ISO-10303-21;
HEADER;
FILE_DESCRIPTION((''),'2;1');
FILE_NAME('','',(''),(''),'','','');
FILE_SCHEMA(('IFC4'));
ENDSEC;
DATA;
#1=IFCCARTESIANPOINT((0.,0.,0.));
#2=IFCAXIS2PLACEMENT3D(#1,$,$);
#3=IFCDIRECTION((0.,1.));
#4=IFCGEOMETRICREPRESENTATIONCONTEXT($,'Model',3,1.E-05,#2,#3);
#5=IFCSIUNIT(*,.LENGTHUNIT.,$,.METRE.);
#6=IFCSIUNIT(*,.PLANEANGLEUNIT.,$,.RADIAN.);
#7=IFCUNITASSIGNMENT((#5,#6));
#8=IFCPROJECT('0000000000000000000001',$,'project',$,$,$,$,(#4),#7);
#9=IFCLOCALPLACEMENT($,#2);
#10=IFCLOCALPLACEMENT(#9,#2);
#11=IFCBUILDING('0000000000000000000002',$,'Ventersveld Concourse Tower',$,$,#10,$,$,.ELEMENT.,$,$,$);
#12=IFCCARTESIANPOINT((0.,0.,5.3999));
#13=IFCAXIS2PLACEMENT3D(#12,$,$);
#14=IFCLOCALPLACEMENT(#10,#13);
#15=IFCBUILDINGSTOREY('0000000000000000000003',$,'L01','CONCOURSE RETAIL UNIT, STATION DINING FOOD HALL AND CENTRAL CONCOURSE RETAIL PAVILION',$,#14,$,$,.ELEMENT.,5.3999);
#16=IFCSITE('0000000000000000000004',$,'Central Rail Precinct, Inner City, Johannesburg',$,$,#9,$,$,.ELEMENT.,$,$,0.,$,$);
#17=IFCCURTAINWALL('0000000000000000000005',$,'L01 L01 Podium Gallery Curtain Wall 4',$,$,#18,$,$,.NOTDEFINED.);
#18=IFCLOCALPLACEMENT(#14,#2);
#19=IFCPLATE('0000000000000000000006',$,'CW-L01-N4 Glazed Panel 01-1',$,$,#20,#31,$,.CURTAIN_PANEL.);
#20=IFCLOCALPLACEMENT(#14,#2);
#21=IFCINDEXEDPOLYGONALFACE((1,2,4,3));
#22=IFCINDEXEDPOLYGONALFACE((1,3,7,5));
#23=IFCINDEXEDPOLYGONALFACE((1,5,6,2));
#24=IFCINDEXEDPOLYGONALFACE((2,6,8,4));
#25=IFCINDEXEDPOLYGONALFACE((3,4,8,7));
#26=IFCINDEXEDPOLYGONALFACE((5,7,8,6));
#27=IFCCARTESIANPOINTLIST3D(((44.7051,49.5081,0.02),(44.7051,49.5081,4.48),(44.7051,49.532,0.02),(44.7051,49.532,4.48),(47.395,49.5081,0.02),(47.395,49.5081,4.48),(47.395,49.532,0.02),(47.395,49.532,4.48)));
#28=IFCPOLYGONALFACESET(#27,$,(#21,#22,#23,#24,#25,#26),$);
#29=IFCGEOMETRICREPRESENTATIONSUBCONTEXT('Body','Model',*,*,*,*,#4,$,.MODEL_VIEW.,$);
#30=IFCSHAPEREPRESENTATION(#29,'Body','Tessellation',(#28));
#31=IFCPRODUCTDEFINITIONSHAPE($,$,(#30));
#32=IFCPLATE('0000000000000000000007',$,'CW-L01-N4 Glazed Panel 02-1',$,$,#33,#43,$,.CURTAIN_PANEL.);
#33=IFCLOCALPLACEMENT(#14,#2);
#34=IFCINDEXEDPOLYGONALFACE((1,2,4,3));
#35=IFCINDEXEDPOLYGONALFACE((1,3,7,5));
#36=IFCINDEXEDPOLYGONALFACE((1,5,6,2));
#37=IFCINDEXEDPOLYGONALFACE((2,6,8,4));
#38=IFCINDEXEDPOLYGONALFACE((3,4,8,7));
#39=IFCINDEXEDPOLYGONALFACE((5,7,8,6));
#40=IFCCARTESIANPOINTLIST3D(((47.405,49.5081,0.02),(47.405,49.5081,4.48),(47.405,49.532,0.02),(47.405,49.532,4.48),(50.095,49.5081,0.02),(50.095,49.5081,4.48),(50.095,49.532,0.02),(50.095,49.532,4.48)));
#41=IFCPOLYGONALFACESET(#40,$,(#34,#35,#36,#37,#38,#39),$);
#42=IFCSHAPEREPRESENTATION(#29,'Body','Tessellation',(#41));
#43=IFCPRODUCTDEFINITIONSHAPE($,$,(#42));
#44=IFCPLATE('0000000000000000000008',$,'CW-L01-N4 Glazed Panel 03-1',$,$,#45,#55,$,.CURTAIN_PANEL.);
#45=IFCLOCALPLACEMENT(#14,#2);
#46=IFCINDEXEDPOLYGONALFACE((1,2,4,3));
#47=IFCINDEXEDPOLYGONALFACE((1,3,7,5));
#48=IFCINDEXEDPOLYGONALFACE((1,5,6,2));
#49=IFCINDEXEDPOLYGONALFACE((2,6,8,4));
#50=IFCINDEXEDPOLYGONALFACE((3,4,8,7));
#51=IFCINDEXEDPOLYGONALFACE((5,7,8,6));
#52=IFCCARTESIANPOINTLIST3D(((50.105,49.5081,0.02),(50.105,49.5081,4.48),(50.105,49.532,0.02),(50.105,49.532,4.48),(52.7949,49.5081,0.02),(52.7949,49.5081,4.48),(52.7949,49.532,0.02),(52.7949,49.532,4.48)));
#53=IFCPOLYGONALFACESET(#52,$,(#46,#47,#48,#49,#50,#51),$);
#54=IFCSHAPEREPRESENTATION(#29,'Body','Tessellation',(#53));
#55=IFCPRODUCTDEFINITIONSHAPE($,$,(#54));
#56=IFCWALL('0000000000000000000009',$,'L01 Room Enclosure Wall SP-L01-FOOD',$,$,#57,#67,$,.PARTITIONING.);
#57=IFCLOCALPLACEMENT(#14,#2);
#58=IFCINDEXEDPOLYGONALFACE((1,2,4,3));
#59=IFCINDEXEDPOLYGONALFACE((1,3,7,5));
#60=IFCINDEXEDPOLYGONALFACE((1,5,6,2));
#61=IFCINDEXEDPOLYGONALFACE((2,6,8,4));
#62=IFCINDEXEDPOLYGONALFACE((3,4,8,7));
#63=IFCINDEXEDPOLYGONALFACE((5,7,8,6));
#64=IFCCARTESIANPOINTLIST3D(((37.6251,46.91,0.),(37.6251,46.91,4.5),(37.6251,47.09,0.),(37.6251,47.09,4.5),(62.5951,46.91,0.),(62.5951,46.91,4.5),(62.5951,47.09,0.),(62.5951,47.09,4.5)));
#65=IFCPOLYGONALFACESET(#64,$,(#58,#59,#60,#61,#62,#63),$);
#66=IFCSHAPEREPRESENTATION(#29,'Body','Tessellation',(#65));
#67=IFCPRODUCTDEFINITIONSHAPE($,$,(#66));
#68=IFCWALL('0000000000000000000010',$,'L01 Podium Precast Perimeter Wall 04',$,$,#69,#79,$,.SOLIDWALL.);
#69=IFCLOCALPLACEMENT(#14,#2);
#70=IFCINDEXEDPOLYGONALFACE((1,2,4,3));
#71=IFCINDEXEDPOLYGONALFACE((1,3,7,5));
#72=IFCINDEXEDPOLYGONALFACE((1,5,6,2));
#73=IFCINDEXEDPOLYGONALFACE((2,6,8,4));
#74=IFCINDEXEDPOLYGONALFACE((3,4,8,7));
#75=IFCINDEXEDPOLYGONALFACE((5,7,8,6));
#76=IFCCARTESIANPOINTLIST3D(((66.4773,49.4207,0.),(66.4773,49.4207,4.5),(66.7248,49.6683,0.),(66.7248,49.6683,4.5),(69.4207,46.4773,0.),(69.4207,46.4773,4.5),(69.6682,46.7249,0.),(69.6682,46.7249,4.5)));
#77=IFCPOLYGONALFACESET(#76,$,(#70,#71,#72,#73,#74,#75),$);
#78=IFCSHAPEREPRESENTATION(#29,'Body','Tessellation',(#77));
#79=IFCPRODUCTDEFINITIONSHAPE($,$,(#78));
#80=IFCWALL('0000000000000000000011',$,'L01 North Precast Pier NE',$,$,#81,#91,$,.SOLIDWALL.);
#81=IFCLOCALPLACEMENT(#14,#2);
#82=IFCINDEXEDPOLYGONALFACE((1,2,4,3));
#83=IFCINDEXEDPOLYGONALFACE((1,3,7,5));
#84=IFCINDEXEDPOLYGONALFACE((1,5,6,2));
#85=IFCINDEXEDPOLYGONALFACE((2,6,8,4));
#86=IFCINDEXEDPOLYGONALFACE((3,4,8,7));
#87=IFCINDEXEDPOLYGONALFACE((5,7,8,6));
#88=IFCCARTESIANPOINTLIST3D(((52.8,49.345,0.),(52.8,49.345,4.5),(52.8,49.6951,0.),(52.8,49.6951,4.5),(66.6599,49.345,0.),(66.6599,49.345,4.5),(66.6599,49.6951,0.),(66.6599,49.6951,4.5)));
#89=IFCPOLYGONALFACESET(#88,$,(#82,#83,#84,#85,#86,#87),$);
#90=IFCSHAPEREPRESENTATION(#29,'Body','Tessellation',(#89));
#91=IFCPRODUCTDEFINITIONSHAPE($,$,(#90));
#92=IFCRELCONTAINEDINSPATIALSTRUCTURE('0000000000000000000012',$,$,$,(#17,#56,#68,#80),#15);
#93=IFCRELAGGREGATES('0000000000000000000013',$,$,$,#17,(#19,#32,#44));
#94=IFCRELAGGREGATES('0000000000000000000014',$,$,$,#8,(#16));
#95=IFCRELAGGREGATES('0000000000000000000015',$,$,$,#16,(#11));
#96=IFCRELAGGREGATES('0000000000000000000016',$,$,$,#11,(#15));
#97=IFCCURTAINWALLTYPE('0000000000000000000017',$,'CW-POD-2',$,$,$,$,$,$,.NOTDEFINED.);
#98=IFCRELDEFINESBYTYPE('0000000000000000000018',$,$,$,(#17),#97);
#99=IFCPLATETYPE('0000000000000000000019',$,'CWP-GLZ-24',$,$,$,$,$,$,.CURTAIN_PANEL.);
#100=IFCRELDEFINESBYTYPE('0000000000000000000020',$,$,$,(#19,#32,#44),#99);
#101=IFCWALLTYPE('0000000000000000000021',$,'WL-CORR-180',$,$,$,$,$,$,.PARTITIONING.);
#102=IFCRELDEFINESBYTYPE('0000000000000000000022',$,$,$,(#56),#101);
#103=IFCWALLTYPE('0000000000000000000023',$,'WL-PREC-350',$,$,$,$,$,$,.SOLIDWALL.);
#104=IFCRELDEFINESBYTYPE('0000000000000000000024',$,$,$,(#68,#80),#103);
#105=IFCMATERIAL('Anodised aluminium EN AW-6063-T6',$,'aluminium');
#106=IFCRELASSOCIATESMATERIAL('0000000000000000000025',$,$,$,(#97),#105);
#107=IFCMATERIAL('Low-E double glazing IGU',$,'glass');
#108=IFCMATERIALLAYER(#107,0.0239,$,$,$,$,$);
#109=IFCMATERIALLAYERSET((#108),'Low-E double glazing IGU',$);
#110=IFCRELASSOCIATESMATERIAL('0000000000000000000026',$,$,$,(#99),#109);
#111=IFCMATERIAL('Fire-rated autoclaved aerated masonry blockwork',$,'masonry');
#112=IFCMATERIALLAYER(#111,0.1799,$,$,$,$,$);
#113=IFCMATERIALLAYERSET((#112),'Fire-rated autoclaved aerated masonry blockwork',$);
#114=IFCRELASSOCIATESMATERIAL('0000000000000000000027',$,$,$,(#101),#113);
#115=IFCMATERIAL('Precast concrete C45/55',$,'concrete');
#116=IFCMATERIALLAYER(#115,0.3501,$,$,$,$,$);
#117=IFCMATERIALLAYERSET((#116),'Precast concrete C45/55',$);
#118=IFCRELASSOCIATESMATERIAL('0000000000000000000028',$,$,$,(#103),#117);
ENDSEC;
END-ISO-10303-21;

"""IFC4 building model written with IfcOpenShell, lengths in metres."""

from ifc_helpers import new_model, si_unit, direction, frame, frame_2d, origin, origin_2d, place, context, subcontext, project, spatial, rectangle, extrude, material, layer, layer_set, type_object, element, aggregate, save


model = new_model("IFC4")

# Units and contexts
model_context = context("Model", 3, precision=1e-05, world=origin(), true_north=direction((0.0, 1.0)))
body_context = subcontext(model_context, "Body", "Model", "MODEL_VIEW")
ifc_project = project(units=[si_unit("LENGTHUNIT", "METRE"), si_unit("PLANEANGLEUNIT", "RADIAN")], contexts=[model_context])

# Site, building, storey
site_placement = place(None, origin())
site = spatial("IfcSite", under=ifc_project, at=site_placement, Name="Central Rail Precinct, Inner City, Johannesburg", CompositionType="ELEMENT", RefElevation=0.0)
building_placement = place(site_placement, origin())
building = spatial("IfcBuilding", under=site, at=building_placement, Name="Ventersveld Concourse Tower", CompositionType="ELEMENT")
storey_placement = place(building_placement, frame((0.0, 0.0, 5.3999)))
storey = spatial("IfcBuildingStorey", under=building, at=storey_placement, Name="L01", Description="CONCOURSE RETAIL UNIT, STATION DINING FOOD HALL AND CENTRAL CONCOURSE RETAIL PAVILION", CompositionType="ELEMENT", Elevation=5.3999)

# Curtain wall
ifc_material_1 = material(Name="Anodised aluminium EN AW-6063-T6", Category="aluminium")
curtain_wall_type = type_object("IfcCurtainWallType", Name="CW-POD-2", PredefinedType="NOTDEFINED", material=ifc_material_1)
curtain_wall_placement = place(storey_placement, origin())
curtain_wall = element("IfcCurtainWall", 1, at=curtain_wall_placement, inside=storey, type_object=curtain_wall_type, Name="L01 L01 Podium Gallery Curtain Wall 4", PredefinedType="NOTDEFINED")

# Plates
ifc_material_2 = material(Name="Low-E double glazing IGU", Category="glass")
ifc_layer_1 = layer(ifc_material_2, 0.0239)
ifc_layer_set_1 = layer_set([ifc_layer_1], Name="Low-E double glazing IGU")
plate_type = type_object("IfcPlateType", Name="CWP-GLZ-24", PredefinedType="CURTAIN_PANEL", material=ifc_layer_set_1)
plate_1_placement = place(storey_placement, frame((46.05, 49.52, 0.02), z_axis=(0.0, 0.0, 1.0), x_axis=(1.0, 0.0, 0.0)))
plate_1 = element("IfcPlate", 2, at=plate_1_placement, type_object=plate_type, Name="CW-L01-N4 Glazed Panel 01-1", PredefinedType="CURTAIN_PANEL", context=body_context, shape_type="SweptSolid", body=[
    extrude(rectangle(XDim=2.6899, YDim=0.0239, at=origin_2d()), origin(), (0.0, 0.0, 1.0), 4.46),
])
plate_2_placement = place(storey_placement, frame((48.75, 49.52, 0.02), z_axis=(0.0, 0.0, 1.0), x_axis=(1.0, 0.0, 0.0)))
plate_2 = element("IfcPlate", 3, at=plate_2_placement, type_object=plate_type, Name="CW-L01-N4 Glazed Panel 02-1", PredefinedType="CURTAIN_PANEL", context=body_context, shape_type="SweptSolid", body=[
    extrude(rectangle(XDim=2.6899, YDim=0.0239, at=origin_2d()), origin(), (0.0, 0.0, 1.0), 4.46),
])
plate_3_placement = place(storey_placement, frame((51.45, 49.52, 0.02), z_axis=(0.0, 0.0, 1.0), x_axis=(1.0, 0.0, 0.0)))
plate_3 = element("IfcPlate", 4, at=plate_3_placement, type_object=plate_type, Name="CW-L01-N4 Glazed Panel 03-1", PredefinedType="CURTAIN_PANEL", context=body_context, shape_type="SweptSolid", body=[
    extrude(rectangle(XDim=2.6899, YDim=0.0239, at=origin_2d()), origin(), (0.0, 0.0, 1.0), 4.46),
])
aggregate(curtain_wall, [plate_1, plate_2, plate_3])

# Walls
ifc_material_3 = material(Name="Fire-rated autoclaved aerated masonry blockwork", Category="masonry")
ifc_layer_2 = layer(ifc_material_3, 0.1799)
ifc_layer_set_2 = layer_set([ifc_layer_2], Name="Fire-rated autoclaved aerated masonry blockwork")
wall_type_1 = type_object("IfcWallType", Name="WL-CORR-180", PredefinedType="PARTITIONING", material=ifc_layer_set_2)
wall_1_placement = place(storey_placement, frame((62.595, 47.0, 0.0), z_axis=(0.0, 0.0, 1.0), x_axis=(-1.0, 0.0, 0.0)))
element("IfcWall", 5, at=wall_1_placement, inside=storey, type_object=wall_type_1, Name="L01 Room Enclosure Wall SP-L01-FOOD", PredefinedType="PARTITIONING", context=body_context, shape_type="SweptSolid", body=[
    extrude(rectangle(XDim=24.97, YDim=0.1799, at=frame_2d((12.4849, 0.0))), origin(), (0.0, 0.0, 1.0), 4.5),
])
ifc_material_4 = material(Name="Precast concrete C45/55", Category="concrete")
ifc_layer_3 = layer(ifc_material_4, 0.3501)
ifc_layer_set_3 = layer_set([ifc_layer_3], Name="Precast concrete C45/55")
wall_type_2 = type_object("IfcWallType", Name="WL-PREC-350", PredefinedType="SOLIDWALL", material=ifc_layer_set_3)
wall_2_placement = place(storey_placement, frame((69.5444, 46.6011, 0.0), z_axis=(0.0, 0.0, 1.0), x_axis=(-0.707107, 0.707107, 0.0)))
element("IfcWall", 6, at=wall_2_placement, inside=storey, type_object=wall_type_2, Name="L01 Podium Precast Perimeter Wall 04", PredefinedType="SOLIDWALL", context=body_context, shape_type="SweptSolid", body=[
    extrude(rectangle(XDim=4.1626, YDim=0.3501, at=frame_2d((2.0813, 0.0))), origin(), (0.0, 0.0, 1.0), 4.5),
])
wall_3_placement = place(storey_placement, frame((52.8, 49.52, 0.0), z_axis=(0.0, 0.0, 1.0), x_axis=(1.0, 0.0, 0.0)))
element("IfcWall", 7, at=wall_3_placement, inside=storey, type_object=wall_type_2, Name="L01 North Precast Pier NE", PredefinedType="SOLIDWALL", context=body_context, shape_type="SweptSolid", body=[
    extrude(rectangle(XDim=13.8599, YDim=0.3501, at=frame_2d((6.9299, 0.0))), origin(), (0.0, 0.0, 1.0), 4.5),
])

save(model, "model.ifc")
